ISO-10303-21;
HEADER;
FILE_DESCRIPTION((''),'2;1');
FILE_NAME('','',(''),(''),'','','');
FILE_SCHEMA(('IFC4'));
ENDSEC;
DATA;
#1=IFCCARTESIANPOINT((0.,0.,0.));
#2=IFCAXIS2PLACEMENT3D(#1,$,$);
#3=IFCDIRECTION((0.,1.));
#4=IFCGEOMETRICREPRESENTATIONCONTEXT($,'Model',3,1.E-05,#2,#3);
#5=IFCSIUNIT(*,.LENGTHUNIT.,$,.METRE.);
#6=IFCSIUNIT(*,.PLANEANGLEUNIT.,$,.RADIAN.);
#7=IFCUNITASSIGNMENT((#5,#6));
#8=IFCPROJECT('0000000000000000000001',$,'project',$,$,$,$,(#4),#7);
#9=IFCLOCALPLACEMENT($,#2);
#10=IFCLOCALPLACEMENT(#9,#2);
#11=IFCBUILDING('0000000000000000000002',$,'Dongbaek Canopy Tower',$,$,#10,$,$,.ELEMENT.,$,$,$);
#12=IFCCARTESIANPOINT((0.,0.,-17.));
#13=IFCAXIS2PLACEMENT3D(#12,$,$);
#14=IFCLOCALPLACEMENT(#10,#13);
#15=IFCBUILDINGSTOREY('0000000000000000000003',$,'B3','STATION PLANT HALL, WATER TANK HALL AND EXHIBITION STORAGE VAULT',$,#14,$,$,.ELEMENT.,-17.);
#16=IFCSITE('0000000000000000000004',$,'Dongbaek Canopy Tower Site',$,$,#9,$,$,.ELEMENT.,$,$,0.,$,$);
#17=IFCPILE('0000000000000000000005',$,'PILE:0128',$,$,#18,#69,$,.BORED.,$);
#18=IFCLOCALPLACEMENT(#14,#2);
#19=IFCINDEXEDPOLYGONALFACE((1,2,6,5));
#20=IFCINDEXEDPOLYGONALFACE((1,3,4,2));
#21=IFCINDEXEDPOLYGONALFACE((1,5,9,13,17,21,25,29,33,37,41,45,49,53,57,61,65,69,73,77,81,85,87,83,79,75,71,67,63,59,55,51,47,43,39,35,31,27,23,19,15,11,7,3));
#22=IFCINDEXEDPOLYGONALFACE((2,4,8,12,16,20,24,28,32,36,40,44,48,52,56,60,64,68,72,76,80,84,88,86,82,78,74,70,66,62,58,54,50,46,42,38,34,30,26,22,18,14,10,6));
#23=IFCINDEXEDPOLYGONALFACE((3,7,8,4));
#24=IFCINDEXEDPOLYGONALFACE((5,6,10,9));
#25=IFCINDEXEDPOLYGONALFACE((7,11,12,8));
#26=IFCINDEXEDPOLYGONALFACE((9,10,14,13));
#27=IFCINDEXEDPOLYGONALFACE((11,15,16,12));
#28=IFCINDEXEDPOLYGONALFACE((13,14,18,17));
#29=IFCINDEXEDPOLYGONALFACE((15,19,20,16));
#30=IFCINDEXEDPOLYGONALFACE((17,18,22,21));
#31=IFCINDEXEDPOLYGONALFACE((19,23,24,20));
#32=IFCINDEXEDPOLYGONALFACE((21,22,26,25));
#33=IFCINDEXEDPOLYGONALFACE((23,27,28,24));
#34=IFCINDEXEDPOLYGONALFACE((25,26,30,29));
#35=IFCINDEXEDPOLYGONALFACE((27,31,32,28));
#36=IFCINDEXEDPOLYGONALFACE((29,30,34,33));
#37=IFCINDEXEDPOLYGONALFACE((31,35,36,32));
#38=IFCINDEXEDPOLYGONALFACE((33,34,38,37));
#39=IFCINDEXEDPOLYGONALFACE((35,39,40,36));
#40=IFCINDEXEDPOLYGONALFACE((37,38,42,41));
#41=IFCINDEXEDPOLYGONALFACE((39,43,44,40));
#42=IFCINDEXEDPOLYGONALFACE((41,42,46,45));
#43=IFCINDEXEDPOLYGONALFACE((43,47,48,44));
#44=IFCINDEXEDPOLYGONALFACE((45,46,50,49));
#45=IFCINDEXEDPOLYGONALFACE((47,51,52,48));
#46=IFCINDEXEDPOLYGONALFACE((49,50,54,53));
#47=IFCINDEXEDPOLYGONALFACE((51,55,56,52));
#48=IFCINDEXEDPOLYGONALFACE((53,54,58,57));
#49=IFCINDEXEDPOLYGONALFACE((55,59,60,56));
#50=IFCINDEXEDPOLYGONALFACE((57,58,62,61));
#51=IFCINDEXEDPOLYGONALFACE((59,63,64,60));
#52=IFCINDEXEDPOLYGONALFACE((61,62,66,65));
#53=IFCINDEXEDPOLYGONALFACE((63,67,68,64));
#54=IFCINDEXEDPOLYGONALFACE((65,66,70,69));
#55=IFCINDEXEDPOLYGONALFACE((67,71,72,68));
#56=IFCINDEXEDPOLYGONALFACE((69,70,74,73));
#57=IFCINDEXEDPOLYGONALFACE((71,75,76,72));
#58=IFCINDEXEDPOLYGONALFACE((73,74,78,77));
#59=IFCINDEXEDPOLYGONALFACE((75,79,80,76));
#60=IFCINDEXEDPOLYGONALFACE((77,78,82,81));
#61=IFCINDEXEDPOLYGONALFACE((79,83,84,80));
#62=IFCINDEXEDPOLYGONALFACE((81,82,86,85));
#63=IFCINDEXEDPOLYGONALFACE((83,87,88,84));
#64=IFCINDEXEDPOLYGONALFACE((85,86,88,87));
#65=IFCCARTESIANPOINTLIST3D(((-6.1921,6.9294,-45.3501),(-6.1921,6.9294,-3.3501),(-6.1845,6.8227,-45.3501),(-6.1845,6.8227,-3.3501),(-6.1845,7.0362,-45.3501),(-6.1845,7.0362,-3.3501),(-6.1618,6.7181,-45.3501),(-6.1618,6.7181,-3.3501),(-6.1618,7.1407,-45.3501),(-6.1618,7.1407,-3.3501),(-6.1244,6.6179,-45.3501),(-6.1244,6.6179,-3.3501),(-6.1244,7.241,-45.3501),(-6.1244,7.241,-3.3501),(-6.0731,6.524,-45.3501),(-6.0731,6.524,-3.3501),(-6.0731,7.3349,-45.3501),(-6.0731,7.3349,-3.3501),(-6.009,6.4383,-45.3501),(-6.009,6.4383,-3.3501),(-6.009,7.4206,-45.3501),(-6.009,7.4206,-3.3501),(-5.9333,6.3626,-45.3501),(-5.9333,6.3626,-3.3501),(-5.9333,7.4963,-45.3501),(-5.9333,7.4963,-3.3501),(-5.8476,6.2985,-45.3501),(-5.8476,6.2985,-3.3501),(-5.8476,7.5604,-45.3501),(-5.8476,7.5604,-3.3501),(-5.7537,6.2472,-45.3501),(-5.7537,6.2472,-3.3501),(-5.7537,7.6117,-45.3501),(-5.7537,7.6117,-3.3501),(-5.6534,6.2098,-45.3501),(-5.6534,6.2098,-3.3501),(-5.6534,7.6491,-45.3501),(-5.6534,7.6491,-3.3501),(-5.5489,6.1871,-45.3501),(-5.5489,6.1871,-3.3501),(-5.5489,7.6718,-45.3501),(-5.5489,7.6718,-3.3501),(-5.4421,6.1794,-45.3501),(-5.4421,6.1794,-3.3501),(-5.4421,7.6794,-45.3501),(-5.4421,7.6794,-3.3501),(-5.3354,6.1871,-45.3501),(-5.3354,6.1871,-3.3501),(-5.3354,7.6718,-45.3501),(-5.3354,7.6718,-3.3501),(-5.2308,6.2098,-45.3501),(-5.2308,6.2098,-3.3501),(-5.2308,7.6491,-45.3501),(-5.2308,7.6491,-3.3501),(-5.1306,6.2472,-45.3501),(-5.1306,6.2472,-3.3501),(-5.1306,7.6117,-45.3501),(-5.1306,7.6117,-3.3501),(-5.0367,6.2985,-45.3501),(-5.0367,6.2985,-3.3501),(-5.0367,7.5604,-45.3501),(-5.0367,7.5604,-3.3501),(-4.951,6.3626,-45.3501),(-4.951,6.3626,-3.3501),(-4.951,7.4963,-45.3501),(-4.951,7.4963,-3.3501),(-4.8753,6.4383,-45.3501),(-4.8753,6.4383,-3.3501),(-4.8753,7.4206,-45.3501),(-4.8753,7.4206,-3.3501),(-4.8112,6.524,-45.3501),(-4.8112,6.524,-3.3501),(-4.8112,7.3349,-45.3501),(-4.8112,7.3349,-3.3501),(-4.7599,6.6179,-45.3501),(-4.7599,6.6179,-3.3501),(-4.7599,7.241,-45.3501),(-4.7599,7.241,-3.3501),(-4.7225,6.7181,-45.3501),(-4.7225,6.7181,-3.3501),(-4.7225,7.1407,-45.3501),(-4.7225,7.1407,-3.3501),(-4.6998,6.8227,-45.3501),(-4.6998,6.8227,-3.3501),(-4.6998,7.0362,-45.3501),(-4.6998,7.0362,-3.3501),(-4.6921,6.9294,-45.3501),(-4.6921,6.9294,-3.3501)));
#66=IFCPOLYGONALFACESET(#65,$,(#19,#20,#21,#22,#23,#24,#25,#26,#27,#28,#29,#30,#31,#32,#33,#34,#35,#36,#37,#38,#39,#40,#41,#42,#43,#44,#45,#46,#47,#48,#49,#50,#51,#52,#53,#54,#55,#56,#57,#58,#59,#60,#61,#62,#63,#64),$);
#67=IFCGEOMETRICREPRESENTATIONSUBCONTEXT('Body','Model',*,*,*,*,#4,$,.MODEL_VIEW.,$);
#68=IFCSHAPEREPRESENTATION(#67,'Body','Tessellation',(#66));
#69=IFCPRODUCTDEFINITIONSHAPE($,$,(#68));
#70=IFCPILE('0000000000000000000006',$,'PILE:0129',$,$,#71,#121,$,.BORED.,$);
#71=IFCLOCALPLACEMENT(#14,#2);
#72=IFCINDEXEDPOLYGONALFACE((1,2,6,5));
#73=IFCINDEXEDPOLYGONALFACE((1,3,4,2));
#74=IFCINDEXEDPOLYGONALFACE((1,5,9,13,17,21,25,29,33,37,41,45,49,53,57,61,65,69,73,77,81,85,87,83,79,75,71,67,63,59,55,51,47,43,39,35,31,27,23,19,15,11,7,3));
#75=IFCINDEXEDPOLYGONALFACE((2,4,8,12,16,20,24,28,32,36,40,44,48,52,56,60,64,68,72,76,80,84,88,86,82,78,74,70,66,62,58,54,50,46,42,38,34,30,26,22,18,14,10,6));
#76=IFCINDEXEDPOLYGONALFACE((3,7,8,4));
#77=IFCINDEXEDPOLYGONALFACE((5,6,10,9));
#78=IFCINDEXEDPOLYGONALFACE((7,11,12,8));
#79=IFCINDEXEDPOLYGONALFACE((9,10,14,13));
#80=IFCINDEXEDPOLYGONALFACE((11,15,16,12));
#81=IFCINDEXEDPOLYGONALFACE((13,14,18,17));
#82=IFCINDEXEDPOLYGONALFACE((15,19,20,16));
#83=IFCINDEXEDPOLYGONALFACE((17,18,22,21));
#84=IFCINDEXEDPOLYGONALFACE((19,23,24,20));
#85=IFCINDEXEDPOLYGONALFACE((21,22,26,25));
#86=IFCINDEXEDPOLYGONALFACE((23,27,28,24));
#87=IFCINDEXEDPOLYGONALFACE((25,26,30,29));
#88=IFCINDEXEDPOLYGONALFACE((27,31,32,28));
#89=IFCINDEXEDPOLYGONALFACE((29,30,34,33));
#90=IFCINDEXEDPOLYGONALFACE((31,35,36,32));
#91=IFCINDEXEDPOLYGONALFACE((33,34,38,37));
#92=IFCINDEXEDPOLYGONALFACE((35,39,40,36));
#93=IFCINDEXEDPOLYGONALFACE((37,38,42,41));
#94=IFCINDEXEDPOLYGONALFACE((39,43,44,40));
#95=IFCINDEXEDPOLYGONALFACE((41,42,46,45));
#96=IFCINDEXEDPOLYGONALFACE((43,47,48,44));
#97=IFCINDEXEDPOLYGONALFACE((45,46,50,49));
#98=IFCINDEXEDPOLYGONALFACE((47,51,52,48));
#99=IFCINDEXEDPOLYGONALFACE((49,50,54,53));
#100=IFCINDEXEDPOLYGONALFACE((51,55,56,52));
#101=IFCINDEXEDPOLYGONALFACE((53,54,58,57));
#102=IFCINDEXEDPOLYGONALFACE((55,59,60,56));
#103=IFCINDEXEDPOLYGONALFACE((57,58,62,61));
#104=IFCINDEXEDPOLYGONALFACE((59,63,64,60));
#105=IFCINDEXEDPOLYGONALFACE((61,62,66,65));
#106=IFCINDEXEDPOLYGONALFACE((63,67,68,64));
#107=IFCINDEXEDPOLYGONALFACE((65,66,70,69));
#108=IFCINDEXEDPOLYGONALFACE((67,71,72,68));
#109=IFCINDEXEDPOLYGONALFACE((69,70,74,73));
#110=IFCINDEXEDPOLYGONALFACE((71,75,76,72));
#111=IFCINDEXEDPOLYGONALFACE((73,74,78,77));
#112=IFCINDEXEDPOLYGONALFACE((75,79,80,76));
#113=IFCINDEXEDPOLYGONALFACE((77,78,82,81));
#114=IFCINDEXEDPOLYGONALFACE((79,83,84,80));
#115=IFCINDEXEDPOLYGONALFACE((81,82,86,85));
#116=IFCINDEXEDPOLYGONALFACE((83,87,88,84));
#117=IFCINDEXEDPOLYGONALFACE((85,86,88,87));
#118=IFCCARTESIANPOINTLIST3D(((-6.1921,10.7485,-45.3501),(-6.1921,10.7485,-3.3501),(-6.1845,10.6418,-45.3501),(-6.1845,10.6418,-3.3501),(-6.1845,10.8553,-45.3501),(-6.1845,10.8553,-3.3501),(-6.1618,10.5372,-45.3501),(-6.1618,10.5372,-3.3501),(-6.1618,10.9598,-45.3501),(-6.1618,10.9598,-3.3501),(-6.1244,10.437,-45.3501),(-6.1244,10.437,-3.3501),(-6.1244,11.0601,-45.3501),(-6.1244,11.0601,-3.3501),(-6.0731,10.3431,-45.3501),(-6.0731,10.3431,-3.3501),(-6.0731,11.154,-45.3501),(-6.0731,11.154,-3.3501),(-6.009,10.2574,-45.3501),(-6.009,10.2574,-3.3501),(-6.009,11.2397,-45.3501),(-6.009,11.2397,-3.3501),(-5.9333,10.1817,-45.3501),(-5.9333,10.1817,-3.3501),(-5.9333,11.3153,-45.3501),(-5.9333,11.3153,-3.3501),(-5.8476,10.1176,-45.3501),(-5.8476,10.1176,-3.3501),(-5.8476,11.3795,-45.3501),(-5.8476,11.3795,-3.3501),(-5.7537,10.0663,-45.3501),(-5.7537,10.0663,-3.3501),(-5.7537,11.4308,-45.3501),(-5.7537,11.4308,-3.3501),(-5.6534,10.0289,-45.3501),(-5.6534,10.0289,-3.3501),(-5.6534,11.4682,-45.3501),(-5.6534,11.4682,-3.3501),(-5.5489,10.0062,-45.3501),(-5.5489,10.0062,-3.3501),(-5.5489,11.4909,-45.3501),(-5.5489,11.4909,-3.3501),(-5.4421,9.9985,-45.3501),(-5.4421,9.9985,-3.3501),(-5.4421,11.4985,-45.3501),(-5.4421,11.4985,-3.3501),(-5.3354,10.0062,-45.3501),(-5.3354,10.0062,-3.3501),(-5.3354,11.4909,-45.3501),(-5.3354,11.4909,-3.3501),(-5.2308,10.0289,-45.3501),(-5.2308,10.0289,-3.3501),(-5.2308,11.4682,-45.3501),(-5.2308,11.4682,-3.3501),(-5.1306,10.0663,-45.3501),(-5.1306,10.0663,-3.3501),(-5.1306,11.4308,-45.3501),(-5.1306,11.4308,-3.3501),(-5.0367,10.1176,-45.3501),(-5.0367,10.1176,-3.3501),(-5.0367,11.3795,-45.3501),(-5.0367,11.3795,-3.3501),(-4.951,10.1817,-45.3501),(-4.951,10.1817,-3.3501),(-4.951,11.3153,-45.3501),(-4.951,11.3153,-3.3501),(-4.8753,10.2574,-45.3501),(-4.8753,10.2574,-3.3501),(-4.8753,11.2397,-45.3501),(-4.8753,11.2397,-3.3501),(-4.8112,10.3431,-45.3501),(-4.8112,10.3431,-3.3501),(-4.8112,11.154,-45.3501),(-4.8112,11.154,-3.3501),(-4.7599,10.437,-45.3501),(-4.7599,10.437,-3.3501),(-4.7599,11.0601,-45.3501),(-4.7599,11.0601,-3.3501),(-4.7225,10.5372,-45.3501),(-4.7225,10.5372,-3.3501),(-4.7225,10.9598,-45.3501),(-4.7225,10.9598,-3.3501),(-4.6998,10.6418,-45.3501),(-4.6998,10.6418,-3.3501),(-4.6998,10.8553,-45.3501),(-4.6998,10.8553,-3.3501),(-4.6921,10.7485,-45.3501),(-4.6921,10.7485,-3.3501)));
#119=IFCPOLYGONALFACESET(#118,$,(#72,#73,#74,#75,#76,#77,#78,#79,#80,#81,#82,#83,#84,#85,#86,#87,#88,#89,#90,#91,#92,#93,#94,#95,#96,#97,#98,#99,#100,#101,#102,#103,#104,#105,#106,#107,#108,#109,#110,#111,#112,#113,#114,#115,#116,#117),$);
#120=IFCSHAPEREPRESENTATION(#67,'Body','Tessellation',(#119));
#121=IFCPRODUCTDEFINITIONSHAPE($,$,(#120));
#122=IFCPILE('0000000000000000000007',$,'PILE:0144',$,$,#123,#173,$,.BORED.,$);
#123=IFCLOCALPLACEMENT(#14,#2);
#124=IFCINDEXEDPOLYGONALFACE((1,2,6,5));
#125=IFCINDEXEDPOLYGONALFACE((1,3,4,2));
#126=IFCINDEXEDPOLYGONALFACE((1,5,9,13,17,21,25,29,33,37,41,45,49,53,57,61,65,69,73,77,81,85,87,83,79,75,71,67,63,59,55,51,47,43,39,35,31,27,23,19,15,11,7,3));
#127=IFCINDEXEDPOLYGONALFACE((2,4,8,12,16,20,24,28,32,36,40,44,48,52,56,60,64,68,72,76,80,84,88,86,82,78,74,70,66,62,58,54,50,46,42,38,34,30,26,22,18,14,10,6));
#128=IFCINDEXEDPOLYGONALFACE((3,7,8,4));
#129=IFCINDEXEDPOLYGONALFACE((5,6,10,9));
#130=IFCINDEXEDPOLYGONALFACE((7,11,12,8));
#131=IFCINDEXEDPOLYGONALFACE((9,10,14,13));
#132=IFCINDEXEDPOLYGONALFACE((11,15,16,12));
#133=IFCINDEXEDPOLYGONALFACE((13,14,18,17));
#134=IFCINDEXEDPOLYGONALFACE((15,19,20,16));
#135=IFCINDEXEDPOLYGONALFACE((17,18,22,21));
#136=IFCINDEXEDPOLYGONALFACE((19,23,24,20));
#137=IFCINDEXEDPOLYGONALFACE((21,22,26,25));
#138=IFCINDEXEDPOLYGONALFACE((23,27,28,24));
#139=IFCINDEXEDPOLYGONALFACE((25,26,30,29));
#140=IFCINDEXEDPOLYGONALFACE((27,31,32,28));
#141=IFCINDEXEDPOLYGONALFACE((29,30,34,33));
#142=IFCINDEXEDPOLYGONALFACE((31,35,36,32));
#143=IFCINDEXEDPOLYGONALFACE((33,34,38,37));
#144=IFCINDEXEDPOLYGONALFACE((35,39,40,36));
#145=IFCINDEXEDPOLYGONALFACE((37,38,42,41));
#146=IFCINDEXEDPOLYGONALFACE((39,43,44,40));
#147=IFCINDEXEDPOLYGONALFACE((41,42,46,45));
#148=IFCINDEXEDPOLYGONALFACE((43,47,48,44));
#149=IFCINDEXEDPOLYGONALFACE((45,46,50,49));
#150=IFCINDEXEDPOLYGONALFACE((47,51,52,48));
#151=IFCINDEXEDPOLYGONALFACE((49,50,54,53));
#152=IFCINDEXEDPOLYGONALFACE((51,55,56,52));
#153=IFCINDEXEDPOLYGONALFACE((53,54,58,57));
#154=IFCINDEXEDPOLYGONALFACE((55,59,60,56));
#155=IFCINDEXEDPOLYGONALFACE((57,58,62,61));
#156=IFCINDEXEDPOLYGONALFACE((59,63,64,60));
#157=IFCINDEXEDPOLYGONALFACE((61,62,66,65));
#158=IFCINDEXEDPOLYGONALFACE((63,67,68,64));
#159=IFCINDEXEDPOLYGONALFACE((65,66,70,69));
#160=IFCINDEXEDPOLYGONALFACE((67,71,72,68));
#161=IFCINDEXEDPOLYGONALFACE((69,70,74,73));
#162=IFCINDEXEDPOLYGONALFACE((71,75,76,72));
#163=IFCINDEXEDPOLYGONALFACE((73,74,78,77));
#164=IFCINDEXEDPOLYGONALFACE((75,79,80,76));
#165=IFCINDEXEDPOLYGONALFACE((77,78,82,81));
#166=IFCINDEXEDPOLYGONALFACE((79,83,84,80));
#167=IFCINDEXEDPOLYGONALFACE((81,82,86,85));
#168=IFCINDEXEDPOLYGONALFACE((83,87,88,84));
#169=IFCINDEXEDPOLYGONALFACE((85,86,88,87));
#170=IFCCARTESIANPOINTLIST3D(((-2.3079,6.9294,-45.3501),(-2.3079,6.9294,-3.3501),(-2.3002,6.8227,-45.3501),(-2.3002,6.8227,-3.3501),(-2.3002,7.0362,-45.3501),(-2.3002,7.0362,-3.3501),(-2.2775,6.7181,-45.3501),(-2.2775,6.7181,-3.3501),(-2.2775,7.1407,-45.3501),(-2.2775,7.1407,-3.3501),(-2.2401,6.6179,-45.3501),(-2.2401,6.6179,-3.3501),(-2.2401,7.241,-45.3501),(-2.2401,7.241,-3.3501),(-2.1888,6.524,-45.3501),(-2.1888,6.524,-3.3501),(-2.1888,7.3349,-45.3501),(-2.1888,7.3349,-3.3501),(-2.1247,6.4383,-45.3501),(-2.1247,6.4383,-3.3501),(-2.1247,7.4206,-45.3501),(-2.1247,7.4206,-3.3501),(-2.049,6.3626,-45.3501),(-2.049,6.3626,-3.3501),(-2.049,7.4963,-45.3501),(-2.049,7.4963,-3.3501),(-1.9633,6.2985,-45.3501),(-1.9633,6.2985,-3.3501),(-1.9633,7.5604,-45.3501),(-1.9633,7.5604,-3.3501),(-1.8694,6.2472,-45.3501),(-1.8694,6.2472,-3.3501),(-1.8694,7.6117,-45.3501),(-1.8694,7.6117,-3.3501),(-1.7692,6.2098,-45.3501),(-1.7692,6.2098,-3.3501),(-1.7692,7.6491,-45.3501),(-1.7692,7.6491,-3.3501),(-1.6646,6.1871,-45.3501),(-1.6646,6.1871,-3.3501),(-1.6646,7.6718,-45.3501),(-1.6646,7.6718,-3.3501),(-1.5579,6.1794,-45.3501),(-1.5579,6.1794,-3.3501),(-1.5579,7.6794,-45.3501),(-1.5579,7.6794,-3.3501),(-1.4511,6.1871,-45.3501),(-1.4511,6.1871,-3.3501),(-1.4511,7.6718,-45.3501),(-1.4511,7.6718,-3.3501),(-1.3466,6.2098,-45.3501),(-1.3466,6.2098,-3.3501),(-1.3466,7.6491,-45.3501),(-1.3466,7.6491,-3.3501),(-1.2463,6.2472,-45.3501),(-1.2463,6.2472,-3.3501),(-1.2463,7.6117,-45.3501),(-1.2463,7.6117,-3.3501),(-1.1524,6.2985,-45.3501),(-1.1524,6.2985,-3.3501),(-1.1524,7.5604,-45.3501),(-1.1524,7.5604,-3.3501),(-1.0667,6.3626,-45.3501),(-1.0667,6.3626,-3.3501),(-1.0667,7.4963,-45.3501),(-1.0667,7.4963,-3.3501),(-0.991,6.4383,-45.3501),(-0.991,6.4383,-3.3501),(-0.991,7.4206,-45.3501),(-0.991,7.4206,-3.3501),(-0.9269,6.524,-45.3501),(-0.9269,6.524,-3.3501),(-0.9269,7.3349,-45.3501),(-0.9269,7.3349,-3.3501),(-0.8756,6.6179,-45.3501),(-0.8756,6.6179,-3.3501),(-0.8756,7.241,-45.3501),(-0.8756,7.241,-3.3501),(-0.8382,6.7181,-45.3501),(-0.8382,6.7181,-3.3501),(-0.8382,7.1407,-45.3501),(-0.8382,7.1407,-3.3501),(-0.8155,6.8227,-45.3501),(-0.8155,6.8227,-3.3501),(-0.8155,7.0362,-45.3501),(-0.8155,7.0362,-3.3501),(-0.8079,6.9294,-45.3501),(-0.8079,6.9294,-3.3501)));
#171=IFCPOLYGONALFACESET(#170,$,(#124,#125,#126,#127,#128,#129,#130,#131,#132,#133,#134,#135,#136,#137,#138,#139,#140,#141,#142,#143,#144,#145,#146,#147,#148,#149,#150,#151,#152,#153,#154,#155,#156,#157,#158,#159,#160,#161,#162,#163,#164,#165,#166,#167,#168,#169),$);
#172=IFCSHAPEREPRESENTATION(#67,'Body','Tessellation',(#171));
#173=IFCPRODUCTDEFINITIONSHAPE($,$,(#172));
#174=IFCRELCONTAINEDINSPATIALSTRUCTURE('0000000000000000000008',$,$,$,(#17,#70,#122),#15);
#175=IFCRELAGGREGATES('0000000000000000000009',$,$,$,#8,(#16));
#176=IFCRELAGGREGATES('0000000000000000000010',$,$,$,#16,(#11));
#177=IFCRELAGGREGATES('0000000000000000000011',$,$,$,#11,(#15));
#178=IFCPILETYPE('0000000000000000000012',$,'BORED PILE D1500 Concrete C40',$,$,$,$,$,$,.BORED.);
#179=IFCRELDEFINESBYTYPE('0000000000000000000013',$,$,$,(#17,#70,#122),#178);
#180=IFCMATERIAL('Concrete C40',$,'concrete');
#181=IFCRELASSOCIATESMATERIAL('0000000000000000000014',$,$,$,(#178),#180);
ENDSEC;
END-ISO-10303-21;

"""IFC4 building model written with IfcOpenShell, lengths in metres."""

from ifc_helpers import new_model, si_unit, direction, frame, origin, origin_2d, place, context, subcontext, project, spatial, circle, extrude, material, material_profile, profile_set, type_object, element, save


model = new_model("IFC4")

# Units and contexts
model_context = context("Model", 3, precision=1e-05, world=origin(), true_north=direction((0.0, 1.0)))
body_context = subcontext(model_context, "Body", "Model", "MODEL_VIEW")
ifc_project = project(units=[si_unit("LENGTHUNIT", "METRE"), si_unit("PLANEANGLEUNIT", "RADIAN")], contexts=[model_context])

# Site, building, storey
site_placement = place(None, origin())
site = spatial("IfcSite", under=ifc_project, at=site_placement, Name="Dongbaek Canopy Tower Site", CompositionType="ELEMENT", RefElevation=0.0)
building_placement = place(site_placement, origin())
building = spatial("IfcBuilding", under=site, at=building_placement, Name="Dongbaek Canopy Tower", CompositionType="ELEMENT")
storey_placement = place(building_placement, frame((0.0, 0.0, -17.0)))
storey = spatial("IfcBuildingStorey", under=building, at=storey_placement, Name="B3", Description="STATION PLANT HALL, WATER TANK HALL AND EXHIBITION STORAGE VAULT", CompositionType="ELEMENT", Elevation=-17.0)

# Piles
ifc_material_1 = material(Name="Concrete C40", Category="concrete")
ifc_material_profile = material_profile(ifc_material_1, circle(Radius=0.75, at=origin_2d()), Name="BORED PILE D1500 Concrete C40")
ifc_profile_set = profile_set([ifc_material_profile], Name="Concrete C40")
pile_type = type_object("IfcPileType", Name="BORED PILE D1500 Concrete C40", PredefinedType="BORED", material=ifc_profile_set)
for number, where, z_axis, x_axis, name in (
    (1, (-5.4421, 6.9294, -3.3501), (0.0, 0.0, -1.0), (1.0, 0.0, 0.0), "PILE:0128"),
    (2, (-5.4421, 10.7485, -3.3501), (0.0, 0.0, -1.0), (1.0, 0.0, 0.0), "PILE:0129"),
    (3, (-1.5579, 6.9294, -3.3501), (0.0, 0.0, -1.0), (1.0, 0.0, 0.0), "PILE:0144"),
):
    element("IfcPile", number, at=place(storey_placement, frame(where, z_axis=z_axis, x_axis=x_axis)), inside=storey, type_object=pile_type, Name=name, PredefinedType="BORED", context=body_context, shape_type="SweptSolid", body=[
        extrude(circle(Radius=0.75, at=origin_2d()), origin(), (0.0, 0.0, 1.0), 42.0),
    ])

save(model, "model.ifc")
